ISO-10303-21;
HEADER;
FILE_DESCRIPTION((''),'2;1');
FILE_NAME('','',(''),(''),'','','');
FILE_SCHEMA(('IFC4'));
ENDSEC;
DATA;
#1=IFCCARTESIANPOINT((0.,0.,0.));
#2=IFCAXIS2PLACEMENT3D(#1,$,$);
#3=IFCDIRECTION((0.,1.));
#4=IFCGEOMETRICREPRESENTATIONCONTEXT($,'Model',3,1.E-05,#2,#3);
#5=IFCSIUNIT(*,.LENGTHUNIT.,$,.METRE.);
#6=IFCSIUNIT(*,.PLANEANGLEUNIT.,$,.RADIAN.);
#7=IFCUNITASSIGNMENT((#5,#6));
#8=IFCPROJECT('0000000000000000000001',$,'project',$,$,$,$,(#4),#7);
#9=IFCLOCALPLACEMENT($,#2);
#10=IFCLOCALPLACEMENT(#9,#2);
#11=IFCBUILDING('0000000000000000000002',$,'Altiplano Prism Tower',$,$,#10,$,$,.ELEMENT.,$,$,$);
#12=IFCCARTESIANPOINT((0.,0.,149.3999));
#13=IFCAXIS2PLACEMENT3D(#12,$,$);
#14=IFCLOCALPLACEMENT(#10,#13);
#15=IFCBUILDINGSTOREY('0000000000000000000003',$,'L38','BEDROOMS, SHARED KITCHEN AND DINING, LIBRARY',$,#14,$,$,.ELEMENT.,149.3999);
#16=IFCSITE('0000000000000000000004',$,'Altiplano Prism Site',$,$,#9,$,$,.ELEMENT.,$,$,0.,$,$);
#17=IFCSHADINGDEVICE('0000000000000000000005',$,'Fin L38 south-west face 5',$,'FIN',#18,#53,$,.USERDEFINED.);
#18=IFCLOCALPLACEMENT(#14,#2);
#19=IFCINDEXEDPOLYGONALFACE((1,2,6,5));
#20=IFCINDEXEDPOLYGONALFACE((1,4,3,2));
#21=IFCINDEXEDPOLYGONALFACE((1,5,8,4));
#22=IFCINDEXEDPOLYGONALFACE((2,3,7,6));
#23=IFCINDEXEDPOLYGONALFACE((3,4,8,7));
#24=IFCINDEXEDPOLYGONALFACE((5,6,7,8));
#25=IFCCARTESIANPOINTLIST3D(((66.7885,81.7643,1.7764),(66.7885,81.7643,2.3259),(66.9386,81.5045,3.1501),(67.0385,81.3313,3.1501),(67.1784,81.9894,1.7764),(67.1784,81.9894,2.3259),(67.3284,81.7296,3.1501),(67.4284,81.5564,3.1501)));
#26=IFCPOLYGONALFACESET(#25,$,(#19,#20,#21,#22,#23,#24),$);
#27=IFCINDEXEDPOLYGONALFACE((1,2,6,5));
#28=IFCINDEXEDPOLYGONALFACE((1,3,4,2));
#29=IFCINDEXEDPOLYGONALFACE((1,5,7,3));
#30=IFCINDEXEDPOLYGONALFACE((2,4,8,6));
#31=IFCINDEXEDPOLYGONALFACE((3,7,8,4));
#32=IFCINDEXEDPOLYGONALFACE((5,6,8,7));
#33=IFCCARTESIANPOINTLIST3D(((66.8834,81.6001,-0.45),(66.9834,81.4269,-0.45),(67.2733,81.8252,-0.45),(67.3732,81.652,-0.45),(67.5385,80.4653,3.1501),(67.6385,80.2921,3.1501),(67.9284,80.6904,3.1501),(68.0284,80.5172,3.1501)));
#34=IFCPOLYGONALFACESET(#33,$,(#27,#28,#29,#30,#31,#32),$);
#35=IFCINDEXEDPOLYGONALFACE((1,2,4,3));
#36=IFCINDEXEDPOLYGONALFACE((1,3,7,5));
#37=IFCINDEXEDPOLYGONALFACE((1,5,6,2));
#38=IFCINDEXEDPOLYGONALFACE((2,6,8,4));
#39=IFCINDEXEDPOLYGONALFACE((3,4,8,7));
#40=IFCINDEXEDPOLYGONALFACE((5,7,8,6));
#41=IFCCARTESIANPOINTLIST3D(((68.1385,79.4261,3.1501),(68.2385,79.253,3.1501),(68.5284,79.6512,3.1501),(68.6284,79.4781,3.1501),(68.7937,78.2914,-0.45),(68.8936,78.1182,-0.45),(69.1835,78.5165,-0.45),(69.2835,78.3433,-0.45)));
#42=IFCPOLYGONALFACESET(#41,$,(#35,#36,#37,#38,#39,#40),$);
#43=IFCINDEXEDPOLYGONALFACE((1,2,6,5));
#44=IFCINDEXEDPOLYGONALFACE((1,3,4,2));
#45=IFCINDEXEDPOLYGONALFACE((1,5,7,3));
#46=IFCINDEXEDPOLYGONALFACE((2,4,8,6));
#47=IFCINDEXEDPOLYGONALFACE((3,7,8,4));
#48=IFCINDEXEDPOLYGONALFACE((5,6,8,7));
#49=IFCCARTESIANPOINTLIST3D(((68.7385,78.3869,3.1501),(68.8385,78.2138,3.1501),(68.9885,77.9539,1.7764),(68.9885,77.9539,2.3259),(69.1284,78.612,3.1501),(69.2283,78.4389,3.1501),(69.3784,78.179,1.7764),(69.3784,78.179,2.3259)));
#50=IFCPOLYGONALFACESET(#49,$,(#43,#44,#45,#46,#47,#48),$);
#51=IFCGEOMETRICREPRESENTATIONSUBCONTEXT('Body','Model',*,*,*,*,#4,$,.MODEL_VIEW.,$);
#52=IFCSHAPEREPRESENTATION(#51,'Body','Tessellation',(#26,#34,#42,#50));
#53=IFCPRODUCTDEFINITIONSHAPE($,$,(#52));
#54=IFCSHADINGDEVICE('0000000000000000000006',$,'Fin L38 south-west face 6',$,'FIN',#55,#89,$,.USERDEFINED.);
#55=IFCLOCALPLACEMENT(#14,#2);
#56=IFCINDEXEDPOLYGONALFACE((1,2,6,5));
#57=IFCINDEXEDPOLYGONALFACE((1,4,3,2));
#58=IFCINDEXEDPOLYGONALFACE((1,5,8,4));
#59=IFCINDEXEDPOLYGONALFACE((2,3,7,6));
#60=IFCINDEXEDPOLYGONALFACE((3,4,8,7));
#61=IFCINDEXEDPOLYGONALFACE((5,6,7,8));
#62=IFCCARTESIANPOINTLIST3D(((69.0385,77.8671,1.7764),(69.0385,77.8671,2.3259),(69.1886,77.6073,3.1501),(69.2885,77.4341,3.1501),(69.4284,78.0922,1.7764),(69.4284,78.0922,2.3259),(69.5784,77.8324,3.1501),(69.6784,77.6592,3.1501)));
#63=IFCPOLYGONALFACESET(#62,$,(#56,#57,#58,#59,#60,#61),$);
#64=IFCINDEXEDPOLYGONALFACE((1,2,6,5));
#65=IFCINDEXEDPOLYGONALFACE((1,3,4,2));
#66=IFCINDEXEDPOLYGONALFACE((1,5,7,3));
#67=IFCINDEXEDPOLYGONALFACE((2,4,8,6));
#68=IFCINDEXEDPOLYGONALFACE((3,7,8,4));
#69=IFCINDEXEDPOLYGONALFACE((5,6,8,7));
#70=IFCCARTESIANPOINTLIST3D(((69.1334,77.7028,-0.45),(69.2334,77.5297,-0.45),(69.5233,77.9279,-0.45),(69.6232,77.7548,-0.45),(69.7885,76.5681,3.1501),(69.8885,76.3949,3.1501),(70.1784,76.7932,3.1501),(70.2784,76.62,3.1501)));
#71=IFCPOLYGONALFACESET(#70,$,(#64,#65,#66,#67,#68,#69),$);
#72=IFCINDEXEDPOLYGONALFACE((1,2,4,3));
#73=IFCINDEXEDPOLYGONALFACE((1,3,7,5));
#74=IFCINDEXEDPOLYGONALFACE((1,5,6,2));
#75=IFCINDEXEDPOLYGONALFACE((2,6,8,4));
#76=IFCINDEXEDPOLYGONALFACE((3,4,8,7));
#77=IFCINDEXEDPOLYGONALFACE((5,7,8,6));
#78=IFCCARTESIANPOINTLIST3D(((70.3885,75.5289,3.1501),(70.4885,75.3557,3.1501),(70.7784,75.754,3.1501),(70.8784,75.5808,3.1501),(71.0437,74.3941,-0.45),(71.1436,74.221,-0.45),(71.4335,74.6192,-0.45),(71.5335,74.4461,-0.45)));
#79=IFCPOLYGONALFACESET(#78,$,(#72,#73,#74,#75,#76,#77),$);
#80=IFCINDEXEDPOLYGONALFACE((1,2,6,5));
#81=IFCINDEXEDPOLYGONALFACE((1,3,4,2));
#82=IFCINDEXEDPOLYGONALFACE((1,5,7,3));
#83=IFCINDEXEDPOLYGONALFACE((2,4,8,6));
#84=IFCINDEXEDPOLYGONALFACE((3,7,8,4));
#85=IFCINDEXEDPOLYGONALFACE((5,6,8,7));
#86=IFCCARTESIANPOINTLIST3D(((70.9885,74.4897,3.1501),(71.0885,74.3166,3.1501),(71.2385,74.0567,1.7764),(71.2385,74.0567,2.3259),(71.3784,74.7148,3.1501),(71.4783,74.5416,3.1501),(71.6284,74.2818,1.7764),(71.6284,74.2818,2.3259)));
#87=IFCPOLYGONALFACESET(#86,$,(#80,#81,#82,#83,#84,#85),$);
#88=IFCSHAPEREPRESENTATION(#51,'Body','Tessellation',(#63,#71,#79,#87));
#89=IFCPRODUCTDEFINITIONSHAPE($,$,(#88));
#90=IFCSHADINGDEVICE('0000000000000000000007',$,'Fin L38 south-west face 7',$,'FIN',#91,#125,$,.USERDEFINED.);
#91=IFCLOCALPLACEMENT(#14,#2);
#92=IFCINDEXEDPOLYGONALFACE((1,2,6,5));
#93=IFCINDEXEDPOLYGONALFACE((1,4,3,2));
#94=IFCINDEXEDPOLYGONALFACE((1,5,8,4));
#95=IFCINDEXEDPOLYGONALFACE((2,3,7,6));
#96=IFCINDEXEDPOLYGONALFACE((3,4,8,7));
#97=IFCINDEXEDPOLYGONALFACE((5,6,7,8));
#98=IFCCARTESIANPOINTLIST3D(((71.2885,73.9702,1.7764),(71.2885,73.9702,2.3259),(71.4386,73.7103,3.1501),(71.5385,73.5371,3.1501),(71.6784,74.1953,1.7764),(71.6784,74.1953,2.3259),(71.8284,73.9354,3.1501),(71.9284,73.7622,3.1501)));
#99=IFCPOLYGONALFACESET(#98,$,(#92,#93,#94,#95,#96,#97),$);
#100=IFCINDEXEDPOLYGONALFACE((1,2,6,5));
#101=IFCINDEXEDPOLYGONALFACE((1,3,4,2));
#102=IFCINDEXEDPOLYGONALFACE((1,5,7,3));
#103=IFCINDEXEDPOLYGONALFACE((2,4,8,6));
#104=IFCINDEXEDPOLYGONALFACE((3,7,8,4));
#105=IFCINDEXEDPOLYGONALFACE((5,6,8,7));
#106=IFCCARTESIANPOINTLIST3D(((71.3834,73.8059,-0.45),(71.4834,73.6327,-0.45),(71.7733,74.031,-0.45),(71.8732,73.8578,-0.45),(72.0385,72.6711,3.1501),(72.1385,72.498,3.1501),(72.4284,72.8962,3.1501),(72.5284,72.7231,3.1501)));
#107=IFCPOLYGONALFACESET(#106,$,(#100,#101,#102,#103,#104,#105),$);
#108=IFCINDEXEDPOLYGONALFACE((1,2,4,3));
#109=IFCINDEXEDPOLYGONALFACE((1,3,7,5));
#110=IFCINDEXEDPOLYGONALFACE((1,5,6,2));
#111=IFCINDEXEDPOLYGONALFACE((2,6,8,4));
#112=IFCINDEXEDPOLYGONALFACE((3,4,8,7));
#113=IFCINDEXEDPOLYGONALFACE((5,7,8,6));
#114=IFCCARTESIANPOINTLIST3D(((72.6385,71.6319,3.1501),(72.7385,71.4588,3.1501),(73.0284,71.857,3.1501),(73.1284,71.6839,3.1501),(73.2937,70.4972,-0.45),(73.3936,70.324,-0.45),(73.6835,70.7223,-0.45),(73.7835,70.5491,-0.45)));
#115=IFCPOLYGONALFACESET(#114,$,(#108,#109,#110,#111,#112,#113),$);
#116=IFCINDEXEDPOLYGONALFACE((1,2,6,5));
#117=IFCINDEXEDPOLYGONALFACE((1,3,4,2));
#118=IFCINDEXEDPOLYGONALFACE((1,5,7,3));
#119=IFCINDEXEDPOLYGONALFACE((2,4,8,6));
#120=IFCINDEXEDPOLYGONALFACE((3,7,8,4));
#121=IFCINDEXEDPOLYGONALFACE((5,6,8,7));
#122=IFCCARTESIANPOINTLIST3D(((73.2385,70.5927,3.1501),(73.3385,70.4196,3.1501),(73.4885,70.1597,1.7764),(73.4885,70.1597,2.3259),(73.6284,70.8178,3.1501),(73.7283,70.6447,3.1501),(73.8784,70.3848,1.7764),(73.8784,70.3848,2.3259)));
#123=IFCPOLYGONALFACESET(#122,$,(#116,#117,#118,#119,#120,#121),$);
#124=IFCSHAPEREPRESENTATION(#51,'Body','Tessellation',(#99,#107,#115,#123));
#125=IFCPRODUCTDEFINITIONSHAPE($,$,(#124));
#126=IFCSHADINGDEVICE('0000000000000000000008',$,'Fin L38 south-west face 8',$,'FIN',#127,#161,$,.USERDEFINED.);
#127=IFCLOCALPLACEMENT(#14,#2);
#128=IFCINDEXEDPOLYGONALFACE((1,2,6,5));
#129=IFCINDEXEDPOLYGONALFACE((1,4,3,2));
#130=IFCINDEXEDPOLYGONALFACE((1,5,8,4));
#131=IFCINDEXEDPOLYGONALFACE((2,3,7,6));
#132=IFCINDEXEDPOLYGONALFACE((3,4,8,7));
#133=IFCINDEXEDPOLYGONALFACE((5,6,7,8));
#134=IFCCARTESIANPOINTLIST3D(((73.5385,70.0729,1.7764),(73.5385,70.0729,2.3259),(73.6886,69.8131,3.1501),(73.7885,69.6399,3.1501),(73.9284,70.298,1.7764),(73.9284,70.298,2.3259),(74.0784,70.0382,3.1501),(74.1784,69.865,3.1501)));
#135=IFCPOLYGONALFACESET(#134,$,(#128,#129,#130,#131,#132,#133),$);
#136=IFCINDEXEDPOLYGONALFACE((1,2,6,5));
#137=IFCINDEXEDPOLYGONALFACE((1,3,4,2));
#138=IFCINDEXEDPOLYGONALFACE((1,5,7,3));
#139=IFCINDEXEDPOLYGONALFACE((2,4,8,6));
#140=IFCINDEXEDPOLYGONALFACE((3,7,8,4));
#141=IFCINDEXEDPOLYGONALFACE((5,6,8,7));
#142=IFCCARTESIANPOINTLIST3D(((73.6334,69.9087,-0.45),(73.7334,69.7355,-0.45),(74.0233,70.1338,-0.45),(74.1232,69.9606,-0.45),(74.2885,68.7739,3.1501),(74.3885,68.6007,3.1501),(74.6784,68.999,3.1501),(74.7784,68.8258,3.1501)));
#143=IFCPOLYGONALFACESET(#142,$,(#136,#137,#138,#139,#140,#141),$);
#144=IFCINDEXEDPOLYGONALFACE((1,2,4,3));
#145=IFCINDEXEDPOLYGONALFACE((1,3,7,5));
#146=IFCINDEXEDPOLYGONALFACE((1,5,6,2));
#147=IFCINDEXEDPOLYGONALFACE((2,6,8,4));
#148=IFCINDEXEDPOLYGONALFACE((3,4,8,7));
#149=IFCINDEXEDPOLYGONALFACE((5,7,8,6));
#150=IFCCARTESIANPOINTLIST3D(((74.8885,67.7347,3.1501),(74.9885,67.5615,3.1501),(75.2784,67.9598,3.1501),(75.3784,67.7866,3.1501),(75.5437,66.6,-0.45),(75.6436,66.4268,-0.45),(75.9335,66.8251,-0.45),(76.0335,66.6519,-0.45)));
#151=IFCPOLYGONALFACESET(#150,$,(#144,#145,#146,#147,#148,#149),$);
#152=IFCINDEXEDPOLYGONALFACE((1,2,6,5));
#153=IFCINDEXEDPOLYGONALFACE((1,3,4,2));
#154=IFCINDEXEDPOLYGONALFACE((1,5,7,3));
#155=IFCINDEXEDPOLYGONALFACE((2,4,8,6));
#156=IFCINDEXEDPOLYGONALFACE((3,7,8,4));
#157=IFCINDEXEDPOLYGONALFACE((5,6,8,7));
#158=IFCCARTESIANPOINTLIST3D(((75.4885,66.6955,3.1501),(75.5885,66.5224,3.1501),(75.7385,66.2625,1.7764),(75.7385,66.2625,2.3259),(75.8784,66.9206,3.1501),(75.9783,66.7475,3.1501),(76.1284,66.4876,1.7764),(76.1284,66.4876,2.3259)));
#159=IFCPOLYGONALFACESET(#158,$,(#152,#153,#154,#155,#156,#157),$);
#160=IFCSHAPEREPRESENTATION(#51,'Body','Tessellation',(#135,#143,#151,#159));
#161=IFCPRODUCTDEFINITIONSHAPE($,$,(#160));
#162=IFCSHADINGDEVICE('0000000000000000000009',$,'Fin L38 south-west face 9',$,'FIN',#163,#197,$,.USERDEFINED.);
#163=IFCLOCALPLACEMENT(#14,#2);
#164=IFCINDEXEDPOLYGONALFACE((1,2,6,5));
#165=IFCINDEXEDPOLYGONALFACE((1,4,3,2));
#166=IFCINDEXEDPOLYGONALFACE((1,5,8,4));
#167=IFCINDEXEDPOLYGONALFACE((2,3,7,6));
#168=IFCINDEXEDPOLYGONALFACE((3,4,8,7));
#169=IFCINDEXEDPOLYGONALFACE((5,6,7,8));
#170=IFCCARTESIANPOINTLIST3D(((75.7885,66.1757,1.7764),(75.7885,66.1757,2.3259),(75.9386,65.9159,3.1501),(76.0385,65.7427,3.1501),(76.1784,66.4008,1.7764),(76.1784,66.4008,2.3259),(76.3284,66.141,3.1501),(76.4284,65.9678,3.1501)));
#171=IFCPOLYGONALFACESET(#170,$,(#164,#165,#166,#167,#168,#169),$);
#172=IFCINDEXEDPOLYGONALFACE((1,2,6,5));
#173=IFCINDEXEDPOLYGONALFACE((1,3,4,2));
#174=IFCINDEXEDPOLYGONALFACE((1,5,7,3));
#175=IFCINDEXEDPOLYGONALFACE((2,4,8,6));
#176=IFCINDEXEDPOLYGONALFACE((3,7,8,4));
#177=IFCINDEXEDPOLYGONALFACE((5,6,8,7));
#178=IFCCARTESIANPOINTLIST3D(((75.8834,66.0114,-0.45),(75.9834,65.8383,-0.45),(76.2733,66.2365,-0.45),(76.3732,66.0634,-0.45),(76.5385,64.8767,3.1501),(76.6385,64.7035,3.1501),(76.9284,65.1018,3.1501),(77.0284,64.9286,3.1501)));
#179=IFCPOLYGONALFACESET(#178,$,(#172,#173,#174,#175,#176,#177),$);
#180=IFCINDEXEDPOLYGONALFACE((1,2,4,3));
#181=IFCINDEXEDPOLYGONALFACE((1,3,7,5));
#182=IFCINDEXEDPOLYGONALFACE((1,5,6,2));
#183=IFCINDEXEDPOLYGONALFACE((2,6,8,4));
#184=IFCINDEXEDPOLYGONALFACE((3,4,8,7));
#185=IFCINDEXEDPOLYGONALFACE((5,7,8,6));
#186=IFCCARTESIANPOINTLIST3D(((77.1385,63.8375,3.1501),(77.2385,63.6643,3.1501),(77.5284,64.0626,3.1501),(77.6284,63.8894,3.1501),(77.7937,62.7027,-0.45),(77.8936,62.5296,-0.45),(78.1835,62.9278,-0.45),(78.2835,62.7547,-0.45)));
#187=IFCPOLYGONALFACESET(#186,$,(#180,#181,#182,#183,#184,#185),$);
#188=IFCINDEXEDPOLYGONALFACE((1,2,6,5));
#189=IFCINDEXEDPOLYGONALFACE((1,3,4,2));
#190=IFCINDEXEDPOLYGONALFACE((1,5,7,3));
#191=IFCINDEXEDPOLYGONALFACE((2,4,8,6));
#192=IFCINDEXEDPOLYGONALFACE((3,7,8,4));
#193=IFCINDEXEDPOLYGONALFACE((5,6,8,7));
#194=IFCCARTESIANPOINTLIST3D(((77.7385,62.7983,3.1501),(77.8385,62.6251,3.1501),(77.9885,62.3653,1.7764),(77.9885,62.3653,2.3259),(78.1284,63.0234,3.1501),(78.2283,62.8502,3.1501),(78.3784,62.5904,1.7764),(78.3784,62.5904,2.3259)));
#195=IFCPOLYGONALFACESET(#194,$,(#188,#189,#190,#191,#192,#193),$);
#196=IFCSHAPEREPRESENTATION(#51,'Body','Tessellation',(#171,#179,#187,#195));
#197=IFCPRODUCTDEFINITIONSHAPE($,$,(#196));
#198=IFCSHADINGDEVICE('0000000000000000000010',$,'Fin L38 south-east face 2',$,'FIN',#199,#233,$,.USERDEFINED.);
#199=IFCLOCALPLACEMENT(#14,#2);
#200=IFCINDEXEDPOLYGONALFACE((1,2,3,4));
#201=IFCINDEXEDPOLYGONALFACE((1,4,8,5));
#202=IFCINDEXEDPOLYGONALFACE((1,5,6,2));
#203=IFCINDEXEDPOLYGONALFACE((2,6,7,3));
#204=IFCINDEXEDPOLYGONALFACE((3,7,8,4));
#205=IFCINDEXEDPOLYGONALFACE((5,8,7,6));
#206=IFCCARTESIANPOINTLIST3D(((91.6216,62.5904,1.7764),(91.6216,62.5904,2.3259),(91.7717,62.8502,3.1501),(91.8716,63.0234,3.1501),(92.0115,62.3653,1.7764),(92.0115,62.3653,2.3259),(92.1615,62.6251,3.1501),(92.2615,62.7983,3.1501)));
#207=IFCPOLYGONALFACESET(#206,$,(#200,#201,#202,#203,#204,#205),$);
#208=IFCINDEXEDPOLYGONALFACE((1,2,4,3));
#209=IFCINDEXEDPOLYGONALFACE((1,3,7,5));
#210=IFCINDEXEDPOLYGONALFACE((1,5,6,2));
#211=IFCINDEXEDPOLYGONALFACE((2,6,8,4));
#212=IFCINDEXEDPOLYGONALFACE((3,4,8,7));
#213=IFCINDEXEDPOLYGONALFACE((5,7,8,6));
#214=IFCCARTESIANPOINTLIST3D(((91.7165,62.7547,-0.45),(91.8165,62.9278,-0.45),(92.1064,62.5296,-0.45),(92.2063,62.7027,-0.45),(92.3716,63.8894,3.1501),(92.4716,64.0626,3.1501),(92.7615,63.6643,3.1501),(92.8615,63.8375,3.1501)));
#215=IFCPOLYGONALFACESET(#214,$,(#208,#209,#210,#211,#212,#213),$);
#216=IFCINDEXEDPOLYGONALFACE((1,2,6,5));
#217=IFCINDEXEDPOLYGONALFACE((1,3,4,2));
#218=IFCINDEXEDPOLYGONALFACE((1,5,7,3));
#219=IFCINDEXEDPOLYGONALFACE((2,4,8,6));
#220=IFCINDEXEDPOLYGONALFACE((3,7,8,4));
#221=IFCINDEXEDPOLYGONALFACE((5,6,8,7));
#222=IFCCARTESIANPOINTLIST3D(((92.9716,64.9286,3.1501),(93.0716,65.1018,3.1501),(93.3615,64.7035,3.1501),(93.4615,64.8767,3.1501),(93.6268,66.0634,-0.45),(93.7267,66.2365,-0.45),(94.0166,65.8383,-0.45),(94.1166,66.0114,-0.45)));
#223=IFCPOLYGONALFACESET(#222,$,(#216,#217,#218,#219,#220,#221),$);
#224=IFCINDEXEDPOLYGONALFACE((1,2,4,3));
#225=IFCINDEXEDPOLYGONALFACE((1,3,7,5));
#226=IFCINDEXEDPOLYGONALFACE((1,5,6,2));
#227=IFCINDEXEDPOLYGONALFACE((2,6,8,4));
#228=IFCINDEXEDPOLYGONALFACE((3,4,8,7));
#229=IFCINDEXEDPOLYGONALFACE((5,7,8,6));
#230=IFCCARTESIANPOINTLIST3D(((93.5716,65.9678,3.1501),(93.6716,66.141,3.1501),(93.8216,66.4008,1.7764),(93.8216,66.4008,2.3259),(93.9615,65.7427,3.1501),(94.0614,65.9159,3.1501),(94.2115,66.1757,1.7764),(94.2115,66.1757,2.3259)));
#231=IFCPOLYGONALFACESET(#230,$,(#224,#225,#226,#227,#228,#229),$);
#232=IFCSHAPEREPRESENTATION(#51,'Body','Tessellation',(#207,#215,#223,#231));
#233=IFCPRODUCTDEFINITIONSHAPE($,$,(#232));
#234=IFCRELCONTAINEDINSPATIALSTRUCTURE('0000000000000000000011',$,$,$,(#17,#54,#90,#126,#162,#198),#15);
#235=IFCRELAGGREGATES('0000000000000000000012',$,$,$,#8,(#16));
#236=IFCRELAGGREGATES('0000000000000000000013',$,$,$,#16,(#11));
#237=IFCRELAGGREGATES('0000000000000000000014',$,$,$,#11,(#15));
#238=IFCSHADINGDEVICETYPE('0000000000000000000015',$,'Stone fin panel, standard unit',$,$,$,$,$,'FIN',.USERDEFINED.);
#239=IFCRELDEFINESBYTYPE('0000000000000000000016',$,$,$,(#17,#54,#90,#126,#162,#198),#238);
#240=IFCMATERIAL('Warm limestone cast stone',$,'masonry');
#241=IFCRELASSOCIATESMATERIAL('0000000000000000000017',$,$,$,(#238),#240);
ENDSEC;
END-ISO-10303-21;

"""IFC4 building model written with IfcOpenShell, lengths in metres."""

from ifc_helpers import new_model, si_unit, direction, frame, origin, place, context, subcontext, project, spatial, polyline, outline, extrude, source, transform, mapped, material, type_object, element, save


model = new_model("IFC4")

# Units and contexts
model_context = context("Model", 3, precision=1e-05, world=origin(), true_north=direction((0.0, 1.0)))
body_context = subcontext(model_context, "Body", "Model", "MODEL_VIEW")
ifc_project = project(units=[si_unit("LENGTHUNIT", "METRE"), si_unit("PLANEANGLEUNIT", "RADIAN")], contexts=[model_context])

# Site, building, storey
site_placement = place(None, origin())
site = spatial("IfcSite", under=ifc_project, at=site_placement, Name="Altiplano Prism Site", CompositionType="ELEMENT", RefElevation=0.0)
building_placement = place(site_placement, origin())
building = spatial("IfcBuilding", under=site, at=building_placement, Name="Altiplano Prism Tower", CompositionType="ELEMENT")
storey_placement = place(building_placement, frame((0.0, 0.0, 149.3999)))
storey = spatial("IfcBuildingStorey", under=building, at=storey_placement, Name="L38", Description="BEDROOMS, SHARED KITCHEN AND DINING, LIBRARY", CompositionType="ELEMENT", Elevation=149.3999)

# Shading devices
ifc_material_1 = material(Name="Warm limestone cast stone", Category="masonry")
shading_device_type_1 = type_object("IfcShadingDeviceType", Name="Stone fin panel, standard unit", ElementType="FIN", PredefinedType="USERDEFINED", material=ifc_material_1)
shared_shape_1 = source(origin(), body_context, "Body", "SweptSolid", [
    extrude(outline(polyline([(-2.2, 2.2263), (-1.7, 3.6001), (-1.8999, 3.6001), (-2.2, 2.7759), (-2.2, 2.2263)])), frame((0.0, -0.1499, 0.0), z_axis=(0.0, -1.0, 0.0), x_axis=(1.0, 0.0, 0.0)), (0.0, 0.0, 1.0), 0.4502),
    extrude(outline(polyline([(-2.0103, 0.0), (-1.8103, 0.0), (-0.5, 3.6001), (-0.7, 3.6001), (-2.0103, 0.0)])), frame((0.0, -0.1499, 0.0), z_axis=(0.0, -1.0, 0.0), x_axis=(1.0, 0.0, 0.0)), (0.0, 0.0, 1.0), 0.4502),
    extrude(outline(polyline([(1.8103, 0.0), (2.0103, 0.0), (0.7, 3.6001), (0.5, 3.6001), (1.8103, 0.0)])), frame((0.0, -0.1499, 0.0), z_axis=(0.0, -1.0, 0.0), x_axis=(1.0, 0.0, 0.0)), (0.0, 0.0, 1.0), 0.4502),
    extrude(outline(polyline([(2.2, 2.7759), (1.8999, 3.6001), (1.7, 3.6001), (2.2, 2.2263), (2.2, 2.7759)])), frame((0.0, -0.1499, 0.0), z_axis=(0.0, -1.0, 0.0), x_axis=(1.0, 0.0, 0.0)), (0.0, 0.0, 1.0), 0.4502),
])
shading_device_1_placement = place(storey_placement, origin())
element("IfcShadingDevice", 1, at=shading_device_1_placement, inside=storey, type_object=shading_device_type_1, Name="Fin L38 south-west face 5", ObjectType="FIN", PredefinedType="USERDEFINED", context=body_context, shape_type="MappedRepresentation", body=[
    mapped(shared_shape_1, transform((68.4082, 80.1592, -0.45), x_axis=(0.5, -0.866025, 0.0), y_axis=(0.866025, 0.5, 0.0), z_axis=(0.0, 0.0, 1.0))),
])
shading_device_2_placement = place(storey_placement, origin())
element("IfcShadingDevice", 2, at=shading_device_2_placement, inside=storey, type_object=shading_device_type_1, Name="Fin L38 south-west face 6", ObjectType="FIN", PredefinedType="USERDEFINED", context=body_context, shape_type="MappedRepresentation", body=[
    mapped(shared_shape_1, transform((70.6582, 76.262, -0.45), x_axis=(0.5, -0.866025, 0.0), y_axis=(0.866025, 0.5, 0.0), z_axis=(0.0, 0.0, 1.0))),
])
shading_device_3_placement = place(storey_placement, origin())
element("IfcShadingDevice", 3, at=shading_device_3_placement, inside=storey, type_object=shading_device_type_1, Name="Fin L38 south-west face 7", ObjectType="FIN", PredefinedType="USERDEFINED", context=body_context, shape_type="MappedRepresentation", body=[
    mapped(shared_shape_1, transform((72.9082, 72.365, -0.45), x_axis=(0.5, -0.866025, 0.0), y_axis=(0.866025, 0.5, 0.0), z_axis=(0.0, 0.0, 1.0))),
])
shading_device_4_placement = place(storey_placement, origin())
element("IfcShadingDevice", 4, at=shading_device_4_placement, inside=storey, type_object=shading_device_type_1, Name="Fin L38 south-west face 8", ObjectType="FIN", PredefinedType="USERDEFINED", context=body_context, shape_type="MappedRepresentation", body=[
    mapped(shared_shape_1, transform((75.1582, 68.4678, -0.45), x_axis=(0.5, -0.866025, 0.0), y_axis=(0.866025, 0.5, 0.0), z_axis=(0.0, 0.0, 1.0))),
])
shading_device_5_placement = place(storey_placement, origin())
element("IfcShadingDevice", 5, at=shading_device_5_placement, inside=storey, type_object=shading_device_type_1, Name="Fin L38 south-west face 9", ObjectType="FIN", PredefinedType="USERDEFINED", context=body_context, shape_type="MappedRepresentation", body=[
    mapped(shared_shape_1, transform((77.4082, 64.5706, -0.45), x_axis=(0.5, -0.866025, 0.0), y_axis=(0.866025, 0.5, 0.0), z_axis=(0.0, 0.0, 1.0))),
])
shading_device_6_placement = place(storey_placement, origin())
element("IfcShadingDevice", 6, at=shading_device_6_placement, inside=storey, type_object=shading_device_type_1, Name="Fin L38 south-east face 2", ObjectType="FIN", PredefinedType="USERDEFINED", context=body_context, shape_type="MappedRepresentation", body=[
    mapped(shared_shape_1, transform((92.5918, 64.5706, -0.45), x_axis=(0.5, 0.866025, 0.0), y_axis=(-0.866025, 0.5, 0.0), z_axis=(0.0, 0.0, 1.0))),
])

save(model, "model.ifc")
